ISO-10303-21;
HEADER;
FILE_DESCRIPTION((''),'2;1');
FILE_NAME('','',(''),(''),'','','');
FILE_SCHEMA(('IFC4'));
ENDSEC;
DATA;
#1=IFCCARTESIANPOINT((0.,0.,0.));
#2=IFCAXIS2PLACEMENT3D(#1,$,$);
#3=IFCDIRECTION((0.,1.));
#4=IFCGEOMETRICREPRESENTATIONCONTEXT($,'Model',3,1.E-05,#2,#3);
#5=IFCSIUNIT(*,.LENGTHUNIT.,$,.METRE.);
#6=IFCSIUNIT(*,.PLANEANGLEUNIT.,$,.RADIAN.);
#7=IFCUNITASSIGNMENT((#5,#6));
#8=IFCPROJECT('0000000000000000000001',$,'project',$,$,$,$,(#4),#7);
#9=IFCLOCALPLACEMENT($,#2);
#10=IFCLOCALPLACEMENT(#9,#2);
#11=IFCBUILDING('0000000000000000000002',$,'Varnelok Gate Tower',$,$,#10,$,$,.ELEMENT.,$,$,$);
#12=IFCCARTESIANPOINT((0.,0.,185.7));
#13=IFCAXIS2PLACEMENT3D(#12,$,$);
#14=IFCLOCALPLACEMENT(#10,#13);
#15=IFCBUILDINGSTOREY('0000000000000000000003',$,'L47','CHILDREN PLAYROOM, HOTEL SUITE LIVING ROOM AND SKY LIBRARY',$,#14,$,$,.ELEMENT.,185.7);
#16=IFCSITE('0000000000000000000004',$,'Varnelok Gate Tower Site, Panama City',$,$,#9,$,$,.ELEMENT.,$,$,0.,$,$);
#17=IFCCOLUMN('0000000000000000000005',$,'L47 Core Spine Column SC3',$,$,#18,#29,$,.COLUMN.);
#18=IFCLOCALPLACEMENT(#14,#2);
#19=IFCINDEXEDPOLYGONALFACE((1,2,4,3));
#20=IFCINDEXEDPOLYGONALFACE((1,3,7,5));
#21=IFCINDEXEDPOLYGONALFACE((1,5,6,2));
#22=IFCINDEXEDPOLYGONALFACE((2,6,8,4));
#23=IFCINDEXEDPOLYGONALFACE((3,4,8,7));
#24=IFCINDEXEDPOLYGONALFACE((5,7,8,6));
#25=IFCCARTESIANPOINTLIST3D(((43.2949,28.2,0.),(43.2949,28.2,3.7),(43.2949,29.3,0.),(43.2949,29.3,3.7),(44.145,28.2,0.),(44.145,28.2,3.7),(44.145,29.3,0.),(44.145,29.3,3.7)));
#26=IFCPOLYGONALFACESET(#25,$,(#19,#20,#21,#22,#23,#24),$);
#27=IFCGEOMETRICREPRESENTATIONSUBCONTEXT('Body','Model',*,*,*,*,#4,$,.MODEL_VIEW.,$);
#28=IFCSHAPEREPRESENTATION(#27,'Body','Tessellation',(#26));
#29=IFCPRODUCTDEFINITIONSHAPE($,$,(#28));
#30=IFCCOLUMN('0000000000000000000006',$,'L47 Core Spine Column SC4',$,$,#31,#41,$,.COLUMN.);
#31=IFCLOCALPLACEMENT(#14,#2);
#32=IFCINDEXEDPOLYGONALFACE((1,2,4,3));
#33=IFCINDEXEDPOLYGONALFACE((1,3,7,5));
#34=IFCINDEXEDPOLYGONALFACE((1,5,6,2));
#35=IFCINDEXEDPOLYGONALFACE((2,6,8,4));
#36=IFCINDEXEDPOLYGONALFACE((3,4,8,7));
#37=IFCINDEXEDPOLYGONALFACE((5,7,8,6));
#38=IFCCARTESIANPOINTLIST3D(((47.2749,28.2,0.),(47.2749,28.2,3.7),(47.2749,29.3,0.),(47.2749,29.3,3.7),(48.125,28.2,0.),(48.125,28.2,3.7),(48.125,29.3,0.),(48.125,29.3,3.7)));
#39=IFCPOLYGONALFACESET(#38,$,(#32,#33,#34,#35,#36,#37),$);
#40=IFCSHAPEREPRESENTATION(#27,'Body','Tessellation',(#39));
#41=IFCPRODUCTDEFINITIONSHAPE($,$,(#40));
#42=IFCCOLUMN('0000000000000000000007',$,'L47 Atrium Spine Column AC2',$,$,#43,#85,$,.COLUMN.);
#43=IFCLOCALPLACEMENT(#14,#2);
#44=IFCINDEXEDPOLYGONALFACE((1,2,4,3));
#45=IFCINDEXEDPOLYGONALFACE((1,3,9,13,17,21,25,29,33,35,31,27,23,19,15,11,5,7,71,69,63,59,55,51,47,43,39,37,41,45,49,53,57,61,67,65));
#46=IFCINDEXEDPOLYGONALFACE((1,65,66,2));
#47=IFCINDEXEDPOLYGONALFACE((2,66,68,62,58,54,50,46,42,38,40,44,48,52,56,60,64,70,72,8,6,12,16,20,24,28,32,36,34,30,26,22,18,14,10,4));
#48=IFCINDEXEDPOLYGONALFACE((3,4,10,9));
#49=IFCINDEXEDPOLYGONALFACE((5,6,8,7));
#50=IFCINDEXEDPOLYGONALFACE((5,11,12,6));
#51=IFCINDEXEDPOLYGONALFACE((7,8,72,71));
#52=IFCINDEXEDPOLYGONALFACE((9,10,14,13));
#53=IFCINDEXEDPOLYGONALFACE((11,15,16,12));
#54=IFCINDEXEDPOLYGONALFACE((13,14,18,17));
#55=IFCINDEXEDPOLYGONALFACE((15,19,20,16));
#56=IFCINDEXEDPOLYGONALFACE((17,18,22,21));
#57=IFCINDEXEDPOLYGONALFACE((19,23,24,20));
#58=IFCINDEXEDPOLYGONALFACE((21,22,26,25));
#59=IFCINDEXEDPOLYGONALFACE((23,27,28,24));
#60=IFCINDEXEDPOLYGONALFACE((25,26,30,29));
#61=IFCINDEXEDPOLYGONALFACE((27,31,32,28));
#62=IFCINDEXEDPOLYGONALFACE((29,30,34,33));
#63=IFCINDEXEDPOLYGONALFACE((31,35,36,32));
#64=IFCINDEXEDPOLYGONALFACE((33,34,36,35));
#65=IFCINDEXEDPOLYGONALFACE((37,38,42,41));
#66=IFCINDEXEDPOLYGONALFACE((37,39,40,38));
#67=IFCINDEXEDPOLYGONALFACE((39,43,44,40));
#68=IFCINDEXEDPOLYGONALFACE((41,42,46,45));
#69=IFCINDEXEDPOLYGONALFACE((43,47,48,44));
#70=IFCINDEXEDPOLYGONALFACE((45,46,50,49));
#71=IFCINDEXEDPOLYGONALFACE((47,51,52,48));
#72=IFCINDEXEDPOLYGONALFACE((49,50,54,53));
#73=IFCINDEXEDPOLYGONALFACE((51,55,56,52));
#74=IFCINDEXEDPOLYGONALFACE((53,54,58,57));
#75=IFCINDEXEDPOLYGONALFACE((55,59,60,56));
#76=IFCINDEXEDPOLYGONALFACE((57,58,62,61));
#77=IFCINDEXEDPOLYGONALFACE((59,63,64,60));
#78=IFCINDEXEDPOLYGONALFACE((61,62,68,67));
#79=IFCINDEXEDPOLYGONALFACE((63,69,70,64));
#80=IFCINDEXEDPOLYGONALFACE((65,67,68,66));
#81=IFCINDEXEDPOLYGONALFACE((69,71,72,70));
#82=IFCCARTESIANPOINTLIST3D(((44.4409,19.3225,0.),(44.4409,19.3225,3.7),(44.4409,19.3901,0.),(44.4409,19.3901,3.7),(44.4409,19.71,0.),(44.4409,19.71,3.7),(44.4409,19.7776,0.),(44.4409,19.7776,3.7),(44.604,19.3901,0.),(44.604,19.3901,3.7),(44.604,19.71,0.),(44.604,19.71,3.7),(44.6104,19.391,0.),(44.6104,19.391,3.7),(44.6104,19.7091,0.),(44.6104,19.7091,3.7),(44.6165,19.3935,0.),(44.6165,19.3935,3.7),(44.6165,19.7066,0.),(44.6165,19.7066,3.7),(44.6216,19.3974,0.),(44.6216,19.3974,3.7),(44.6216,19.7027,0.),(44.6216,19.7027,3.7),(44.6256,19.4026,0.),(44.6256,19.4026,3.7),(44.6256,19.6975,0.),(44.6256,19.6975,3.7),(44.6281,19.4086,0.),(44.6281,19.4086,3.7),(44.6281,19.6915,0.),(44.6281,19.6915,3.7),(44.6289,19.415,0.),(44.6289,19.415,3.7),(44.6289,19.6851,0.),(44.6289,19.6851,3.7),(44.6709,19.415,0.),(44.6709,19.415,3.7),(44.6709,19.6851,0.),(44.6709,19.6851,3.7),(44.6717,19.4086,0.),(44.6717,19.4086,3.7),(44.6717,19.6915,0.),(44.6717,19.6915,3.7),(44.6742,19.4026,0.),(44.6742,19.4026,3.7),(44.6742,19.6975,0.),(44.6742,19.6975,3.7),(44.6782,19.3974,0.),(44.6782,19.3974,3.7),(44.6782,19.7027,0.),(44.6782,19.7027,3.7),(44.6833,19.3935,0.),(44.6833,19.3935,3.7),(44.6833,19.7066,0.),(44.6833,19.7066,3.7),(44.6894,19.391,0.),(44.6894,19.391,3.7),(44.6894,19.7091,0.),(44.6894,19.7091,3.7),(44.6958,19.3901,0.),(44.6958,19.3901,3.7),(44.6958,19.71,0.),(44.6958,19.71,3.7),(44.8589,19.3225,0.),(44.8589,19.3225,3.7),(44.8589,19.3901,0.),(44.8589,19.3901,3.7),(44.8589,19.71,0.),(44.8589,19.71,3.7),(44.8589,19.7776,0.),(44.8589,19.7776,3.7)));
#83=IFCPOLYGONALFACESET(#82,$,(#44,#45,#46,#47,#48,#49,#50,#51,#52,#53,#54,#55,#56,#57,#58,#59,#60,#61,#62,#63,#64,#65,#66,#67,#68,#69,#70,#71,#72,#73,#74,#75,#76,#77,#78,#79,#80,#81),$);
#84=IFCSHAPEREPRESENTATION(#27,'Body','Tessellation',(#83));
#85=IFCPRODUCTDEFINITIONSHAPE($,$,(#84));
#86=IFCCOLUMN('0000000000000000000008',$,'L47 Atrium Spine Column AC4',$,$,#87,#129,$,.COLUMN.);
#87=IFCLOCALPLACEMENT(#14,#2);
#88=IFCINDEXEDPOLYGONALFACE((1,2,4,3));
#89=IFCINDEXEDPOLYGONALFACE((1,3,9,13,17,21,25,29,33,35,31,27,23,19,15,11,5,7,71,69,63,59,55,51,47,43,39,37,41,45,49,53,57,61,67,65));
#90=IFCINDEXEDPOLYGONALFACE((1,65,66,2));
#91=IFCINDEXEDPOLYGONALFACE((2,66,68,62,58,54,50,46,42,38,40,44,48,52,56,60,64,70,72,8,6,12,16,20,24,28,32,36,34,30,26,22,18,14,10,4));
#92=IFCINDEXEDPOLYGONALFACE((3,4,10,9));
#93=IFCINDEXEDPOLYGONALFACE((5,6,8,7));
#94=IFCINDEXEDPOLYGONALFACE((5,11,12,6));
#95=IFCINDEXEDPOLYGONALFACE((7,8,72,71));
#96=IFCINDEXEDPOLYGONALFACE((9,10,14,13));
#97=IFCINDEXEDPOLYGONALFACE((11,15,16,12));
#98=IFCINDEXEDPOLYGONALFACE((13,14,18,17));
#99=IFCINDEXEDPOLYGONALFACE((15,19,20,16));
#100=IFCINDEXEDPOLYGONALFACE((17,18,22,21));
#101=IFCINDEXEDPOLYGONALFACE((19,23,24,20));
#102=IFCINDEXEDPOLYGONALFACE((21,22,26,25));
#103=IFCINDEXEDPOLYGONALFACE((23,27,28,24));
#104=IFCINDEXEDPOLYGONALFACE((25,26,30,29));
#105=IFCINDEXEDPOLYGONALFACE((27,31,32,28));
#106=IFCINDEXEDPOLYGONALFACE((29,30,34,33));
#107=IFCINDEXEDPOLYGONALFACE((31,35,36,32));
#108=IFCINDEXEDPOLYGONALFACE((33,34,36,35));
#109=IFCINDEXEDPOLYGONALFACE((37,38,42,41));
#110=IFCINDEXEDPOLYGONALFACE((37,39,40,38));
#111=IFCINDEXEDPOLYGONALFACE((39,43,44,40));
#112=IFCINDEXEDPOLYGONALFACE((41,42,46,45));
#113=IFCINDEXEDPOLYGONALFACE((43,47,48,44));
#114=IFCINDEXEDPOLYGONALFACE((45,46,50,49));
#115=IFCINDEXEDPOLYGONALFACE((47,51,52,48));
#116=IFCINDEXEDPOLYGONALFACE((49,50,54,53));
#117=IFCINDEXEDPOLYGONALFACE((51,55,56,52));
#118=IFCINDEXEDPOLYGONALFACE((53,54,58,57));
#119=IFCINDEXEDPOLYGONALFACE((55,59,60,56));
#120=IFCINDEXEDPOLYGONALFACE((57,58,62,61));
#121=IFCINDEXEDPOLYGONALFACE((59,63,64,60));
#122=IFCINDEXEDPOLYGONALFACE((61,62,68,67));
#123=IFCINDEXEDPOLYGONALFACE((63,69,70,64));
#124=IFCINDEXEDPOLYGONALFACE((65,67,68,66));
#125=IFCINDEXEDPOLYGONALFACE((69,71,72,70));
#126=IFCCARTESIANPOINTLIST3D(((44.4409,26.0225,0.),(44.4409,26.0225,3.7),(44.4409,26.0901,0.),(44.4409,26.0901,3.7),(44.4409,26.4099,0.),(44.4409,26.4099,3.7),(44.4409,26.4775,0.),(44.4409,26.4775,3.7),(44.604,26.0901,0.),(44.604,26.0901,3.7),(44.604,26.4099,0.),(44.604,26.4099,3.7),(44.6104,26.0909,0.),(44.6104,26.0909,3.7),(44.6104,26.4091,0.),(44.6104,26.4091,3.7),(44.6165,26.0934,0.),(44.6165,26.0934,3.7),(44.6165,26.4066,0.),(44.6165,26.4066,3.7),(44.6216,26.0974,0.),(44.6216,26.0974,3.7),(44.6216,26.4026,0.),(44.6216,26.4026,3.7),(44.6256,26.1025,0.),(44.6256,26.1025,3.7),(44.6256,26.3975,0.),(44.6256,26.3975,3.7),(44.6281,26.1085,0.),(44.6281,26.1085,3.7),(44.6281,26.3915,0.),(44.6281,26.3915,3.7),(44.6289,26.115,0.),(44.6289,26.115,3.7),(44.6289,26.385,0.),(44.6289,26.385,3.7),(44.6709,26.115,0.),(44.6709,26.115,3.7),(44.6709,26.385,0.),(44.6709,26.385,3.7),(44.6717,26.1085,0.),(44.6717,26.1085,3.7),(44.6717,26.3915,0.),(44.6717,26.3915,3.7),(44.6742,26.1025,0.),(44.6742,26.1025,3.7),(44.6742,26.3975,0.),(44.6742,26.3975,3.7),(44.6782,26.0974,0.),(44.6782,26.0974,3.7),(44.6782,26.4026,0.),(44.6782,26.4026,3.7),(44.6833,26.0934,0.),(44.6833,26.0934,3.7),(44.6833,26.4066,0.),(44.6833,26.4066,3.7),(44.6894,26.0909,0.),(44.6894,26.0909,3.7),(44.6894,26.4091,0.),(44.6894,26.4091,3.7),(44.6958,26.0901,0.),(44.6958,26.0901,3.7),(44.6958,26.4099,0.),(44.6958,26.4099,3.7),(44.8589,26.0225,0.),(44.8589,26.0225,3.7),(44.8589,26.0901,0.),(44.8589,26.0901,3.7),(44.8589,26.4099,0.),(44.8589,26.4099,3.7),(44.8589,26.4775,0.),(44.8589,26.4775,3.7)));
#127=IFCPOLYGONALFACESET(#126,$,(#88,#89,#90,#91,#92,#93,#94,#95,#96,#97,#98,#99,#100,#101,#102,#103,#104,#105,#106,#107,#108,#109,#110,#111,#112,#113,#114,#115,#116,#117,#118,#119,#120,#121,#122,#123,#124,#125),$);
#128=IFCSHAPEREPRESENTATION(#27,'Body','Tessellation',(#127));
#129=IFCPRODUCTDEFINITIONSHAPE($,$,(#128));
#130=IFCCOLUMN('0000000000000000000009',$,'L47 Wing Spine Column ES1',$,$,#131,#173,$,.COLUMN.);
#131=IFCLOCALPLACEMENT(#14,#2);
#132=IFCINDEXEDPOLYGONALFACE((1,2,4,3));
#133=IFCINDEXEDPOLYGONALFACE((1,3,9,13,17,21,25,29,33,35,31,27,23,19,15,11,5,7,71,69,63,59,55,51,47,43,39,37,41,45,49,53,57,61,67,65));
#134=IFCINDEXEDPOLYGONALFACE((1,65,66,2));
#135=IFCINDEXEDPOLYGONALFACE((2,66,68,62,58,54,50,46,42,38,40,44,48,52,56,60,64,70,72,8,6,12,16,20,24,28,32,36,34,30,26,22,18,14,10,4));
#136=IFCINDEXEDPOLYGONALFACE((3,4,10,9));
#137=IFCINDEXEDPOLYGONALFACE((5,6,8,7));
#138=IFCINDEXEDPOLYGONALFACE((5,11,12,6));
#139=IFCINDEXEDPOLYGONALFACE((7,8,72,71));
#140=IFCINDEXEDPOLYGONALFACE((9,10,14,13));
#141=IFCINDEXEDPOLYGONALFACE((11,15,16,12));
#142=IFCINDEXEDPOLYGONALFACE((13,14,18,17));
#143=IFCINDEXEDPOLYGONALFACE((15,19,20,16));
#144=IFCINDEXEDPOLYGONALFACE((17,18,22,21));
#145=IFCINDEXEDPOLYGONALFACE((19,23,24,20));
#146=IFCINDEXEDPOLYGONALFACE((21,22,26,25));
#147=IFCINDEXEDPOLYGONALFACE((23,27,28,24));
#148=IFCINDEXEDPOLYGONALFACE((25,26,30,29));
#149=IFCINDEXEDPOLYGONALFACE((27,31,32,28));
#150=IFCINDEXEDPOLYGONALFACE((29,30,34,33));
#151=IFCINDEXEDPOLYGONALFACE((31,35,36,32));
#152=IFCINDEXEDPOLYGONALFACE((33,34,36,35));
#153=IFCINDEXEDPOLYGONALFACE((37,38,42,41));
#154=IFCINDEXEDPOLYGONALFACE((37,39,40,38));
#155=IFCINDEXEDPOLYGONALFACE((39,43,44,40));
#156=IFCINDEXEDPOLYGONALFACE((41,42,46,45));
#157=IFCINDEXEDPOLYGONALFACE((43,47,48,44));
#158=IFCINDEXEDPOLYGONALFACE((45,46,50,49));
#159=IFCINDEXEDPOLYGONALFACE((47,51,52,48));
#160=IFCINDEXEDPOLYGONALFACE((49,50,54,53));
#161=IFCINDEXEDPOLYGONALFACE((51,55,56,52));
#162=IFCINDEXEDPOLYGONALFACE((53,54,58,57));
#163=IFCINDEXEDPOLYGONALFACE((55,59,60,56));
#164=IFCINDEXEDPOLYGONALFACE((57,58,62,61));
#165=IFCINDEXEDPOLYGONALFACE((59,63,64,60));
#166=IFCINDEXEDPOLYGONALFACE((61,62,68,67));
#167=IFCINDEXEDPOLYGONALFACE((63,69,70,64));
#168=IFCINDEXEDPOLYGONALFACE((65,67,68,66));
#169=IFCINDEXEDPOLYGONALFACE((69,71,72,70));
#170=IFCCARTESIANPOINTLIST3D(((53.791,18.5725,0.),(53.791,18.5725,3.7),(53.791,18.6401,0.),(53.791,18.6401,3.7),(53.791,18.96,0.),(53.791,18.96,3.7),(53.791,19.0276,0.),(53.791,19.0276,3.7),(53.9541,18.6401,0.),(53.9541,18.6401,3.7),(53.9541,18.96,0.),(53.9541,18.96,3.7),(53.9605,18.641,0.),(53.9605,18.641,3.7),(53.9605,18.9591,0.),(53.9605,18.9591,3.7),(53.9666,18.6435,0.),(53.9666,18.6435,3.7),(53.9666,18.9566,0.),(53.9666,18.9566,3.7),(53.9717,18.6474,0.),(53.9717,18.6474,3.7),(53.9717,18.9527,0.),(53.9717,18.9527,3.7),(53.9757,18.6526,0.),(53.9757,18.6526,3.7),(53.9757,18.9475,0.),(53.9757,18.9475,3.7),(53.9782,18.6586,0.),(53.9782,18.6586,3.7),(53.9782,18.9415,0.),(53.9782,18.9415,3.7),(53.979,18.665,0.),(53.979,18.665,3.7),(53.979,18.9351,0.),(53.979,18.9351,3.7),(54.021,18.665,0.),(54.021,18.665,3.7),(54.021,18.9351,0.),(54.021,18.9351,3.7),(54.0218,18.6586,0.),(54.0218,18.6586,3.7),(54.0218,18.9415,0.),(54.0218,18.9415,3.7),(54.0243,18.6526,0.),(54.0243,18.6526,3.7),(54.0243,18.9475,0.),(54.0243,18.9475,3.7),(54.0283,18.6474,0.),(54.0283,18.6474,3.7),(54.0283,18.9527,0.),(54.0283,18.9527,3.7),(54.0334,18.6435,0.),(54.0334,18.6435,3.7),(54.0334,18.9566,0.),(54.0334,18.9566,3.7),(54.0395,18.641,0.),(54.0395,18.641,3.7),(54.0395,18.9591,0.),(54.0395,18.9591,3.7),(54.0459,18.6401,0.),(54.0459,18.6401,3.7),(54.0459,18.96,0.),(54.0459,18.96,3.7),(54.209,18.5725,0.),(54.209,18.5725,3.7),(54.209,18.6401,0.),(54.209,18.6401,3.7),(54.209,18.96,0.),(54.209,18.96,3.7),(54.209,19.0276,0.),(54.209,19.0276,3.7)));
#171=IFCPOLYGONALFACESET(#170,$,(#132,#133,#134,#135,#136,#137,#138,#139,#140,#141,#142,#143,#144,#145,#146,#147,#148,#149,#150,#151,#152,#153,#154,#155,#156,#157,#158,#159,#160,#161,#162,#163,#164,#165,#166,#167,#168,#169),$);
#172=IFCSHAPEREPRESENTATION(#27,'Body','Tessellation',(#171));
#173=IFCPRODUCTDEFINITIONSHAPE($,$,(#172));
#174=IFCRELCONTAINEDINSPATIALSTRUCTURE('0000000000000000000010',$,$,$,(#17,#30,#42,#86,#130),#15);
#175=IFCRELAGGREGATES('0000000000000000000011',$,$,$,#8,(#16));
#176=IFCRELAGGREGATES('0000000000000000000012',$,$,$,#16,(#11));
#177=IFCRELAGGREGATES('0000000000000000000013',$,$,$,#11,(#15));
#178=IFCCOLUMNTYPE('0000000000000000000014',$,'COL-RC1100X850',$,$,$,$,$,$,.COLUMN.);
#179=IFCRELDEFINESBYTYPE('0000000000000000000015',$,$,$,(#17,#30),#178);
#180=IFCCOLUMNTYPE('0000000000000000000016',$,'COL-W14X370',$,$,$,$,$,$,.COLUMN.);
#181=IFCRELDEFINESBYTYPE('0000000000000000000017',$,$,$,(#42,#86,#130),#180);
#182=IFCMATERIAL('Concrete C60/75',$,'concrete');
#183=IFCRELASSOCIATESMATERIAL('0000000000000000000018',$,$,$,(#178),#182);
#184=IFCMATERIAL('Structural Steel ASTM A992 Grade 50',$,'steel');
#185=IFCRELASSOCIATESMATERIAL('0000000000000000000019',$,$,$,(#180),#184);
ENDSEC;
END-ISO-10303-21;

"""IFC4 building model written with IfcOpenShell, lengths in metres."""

from ifc_helpers import new_model, si_unit, direction, frame, origin, origin_2d, place, context, subcontext, project, spatial, rectangle, i_section, extrude, material, material_profile, profile_set, type_object, element, save


model = new_model("IFC4")

# Units and contexts
model_context = context("Model", 3, precision=1e-05, world=origin(), true_north=direction((0.0, 1.0)))
body_context = subcontext(model_context, "Body", "Model", "MODEL_VIEW")
ifc_project = project(units=[si_unit("LENGTHUNIT", "METRE"), si_unit("PLANEANGLEUNIT", "RADIAN")], contexts=[model_context])

# Site, building, storey
site_placement = place(None, origin())
site = spatial("IfcSite", under=ifc_project, at=site_placement, Name="Varnelok Gate Tower Site, Panama City", CompositionType="ELEMENT", RefElevation=0.0)
building_placement = place(site_placement, origin())
building = spatial("IfcBuilding", under=site, at=building_placement, Name="Varnelok Gate Tower", CompositionType="ELEMENT")
storey_placement = place(building_placement, frame((0.0, 0.0, 185.7)))
storey = spatial("IfcBuildingStorey", under=building, at=storey_placement, Name="L47", Description="CHILDREN PLAYROOM, HOTEL SUITE LIVING ROOM AND SKY LIBRARY", CompositionType="ELEMENT", Elevation=185.7)

# Columns
ifc_material_1 = material(Name="Concrete C60/75", Category="concrete")
ifc_material_profile_1 = material_profile(ifc_material_1, rectangle(XDim=0.8501, YDim=1.1001, at=origin_2d()), Name="RC1100X850")
ifc_profile_set_1 = profile_set([ifc_material_profile_1], Name="Concrete C60/75")
column_type_1 = type_object("IfcColumnType", Name="COL-RC1100X850", PredefinedType="COLUMN", material=ifc_profile_set_1)
for number, where, z_axis, x_axis, name in (
    (1, (43.72, 28.75, 0.0), (0.0, 0.0, 1.0), (1.0, 0.0, 0.0), "L47 Core Spine Column SC3"),
    (2, (47.7, 28.75, 0.0), (0.0, 0.0, 1.0), (1.0, 0.0, 0.0), "L47 Core Spine Column SC4"),
):
    element("IfcColumn", number, at=place(storey_placement, frame(where, z_axis=z_axis, x_axis=x_axis)), inside=storey, type_object=column_type_1, Name=name, PredefinedType="COLUMN", context=body_context, shape_type="SweptSolid", body=[
        extrude(rectangle(XDim=0.8501, YDim=1.1001, at=origin_2d()), origin(), (0.0, 0.0, 1.0), 3.7),
    ])
ifc_material_2 = material(Name="Structural Steel ASTM A992 Grade 50", Category="steel")
ifc_material_profile_2 = material_profile(ifc_material_2, i_section(OverallWidth=0.418, OverallDepth=0.4551, WebThickness=0.042, FlangeThickness=0.0676, FilletRadius=0.0249, at=origin_2d()), Name="W14X370")
ifc_profile_set_2 = profile_set([ifc_material_profile_2], Name="Structural Steel ASTM A992 Grade 50")
column_type_2 = type_object("IfcColumnType", Name="COL-W14X370", PredefinedType="COLUMN", material=ifc_profile_set_2)
for number, where, z_axis, x_axis, name in (
    (3, (44.6499, 19.55, 0.0), (0.0, 0.0, 1.0), (1.0, 0.0, 0.0), "L47 Atrium Spine Column AC2"),
    (4, (44.6499, 26.25, 0.0), (0.0, 0.0, 1.0), (1.0, 0.0, 0.0), "L47 Atrium Spine Column AC4"),
    (5, (54.0, 18.8, 0.0), (0.0, 0.0, 1.0), (1.0, 0.0, 0.0), "L47 Wing Spine Column ES1"),
):
    element("IfcColumn", number, at=place(storey_placement, frame(where, z_axis=z_axis, x_axis=x_axis)), inside=storey, type_object=column_type_2, Name=name, PredefinedType="COLUMN", context=body_context, shape_type="SweptSolid", body=[
        extrude(i_section(OverallWidth=0.418, OverallDepth=0.4551, WebThickness=0.042, FlangeThickness=0.0676, FilletRadius=0.0249, at=origin_2d()), origin(), (0.0, 0.0, 1.0), 3.7),
    ])

save(model, "model.ifc")
